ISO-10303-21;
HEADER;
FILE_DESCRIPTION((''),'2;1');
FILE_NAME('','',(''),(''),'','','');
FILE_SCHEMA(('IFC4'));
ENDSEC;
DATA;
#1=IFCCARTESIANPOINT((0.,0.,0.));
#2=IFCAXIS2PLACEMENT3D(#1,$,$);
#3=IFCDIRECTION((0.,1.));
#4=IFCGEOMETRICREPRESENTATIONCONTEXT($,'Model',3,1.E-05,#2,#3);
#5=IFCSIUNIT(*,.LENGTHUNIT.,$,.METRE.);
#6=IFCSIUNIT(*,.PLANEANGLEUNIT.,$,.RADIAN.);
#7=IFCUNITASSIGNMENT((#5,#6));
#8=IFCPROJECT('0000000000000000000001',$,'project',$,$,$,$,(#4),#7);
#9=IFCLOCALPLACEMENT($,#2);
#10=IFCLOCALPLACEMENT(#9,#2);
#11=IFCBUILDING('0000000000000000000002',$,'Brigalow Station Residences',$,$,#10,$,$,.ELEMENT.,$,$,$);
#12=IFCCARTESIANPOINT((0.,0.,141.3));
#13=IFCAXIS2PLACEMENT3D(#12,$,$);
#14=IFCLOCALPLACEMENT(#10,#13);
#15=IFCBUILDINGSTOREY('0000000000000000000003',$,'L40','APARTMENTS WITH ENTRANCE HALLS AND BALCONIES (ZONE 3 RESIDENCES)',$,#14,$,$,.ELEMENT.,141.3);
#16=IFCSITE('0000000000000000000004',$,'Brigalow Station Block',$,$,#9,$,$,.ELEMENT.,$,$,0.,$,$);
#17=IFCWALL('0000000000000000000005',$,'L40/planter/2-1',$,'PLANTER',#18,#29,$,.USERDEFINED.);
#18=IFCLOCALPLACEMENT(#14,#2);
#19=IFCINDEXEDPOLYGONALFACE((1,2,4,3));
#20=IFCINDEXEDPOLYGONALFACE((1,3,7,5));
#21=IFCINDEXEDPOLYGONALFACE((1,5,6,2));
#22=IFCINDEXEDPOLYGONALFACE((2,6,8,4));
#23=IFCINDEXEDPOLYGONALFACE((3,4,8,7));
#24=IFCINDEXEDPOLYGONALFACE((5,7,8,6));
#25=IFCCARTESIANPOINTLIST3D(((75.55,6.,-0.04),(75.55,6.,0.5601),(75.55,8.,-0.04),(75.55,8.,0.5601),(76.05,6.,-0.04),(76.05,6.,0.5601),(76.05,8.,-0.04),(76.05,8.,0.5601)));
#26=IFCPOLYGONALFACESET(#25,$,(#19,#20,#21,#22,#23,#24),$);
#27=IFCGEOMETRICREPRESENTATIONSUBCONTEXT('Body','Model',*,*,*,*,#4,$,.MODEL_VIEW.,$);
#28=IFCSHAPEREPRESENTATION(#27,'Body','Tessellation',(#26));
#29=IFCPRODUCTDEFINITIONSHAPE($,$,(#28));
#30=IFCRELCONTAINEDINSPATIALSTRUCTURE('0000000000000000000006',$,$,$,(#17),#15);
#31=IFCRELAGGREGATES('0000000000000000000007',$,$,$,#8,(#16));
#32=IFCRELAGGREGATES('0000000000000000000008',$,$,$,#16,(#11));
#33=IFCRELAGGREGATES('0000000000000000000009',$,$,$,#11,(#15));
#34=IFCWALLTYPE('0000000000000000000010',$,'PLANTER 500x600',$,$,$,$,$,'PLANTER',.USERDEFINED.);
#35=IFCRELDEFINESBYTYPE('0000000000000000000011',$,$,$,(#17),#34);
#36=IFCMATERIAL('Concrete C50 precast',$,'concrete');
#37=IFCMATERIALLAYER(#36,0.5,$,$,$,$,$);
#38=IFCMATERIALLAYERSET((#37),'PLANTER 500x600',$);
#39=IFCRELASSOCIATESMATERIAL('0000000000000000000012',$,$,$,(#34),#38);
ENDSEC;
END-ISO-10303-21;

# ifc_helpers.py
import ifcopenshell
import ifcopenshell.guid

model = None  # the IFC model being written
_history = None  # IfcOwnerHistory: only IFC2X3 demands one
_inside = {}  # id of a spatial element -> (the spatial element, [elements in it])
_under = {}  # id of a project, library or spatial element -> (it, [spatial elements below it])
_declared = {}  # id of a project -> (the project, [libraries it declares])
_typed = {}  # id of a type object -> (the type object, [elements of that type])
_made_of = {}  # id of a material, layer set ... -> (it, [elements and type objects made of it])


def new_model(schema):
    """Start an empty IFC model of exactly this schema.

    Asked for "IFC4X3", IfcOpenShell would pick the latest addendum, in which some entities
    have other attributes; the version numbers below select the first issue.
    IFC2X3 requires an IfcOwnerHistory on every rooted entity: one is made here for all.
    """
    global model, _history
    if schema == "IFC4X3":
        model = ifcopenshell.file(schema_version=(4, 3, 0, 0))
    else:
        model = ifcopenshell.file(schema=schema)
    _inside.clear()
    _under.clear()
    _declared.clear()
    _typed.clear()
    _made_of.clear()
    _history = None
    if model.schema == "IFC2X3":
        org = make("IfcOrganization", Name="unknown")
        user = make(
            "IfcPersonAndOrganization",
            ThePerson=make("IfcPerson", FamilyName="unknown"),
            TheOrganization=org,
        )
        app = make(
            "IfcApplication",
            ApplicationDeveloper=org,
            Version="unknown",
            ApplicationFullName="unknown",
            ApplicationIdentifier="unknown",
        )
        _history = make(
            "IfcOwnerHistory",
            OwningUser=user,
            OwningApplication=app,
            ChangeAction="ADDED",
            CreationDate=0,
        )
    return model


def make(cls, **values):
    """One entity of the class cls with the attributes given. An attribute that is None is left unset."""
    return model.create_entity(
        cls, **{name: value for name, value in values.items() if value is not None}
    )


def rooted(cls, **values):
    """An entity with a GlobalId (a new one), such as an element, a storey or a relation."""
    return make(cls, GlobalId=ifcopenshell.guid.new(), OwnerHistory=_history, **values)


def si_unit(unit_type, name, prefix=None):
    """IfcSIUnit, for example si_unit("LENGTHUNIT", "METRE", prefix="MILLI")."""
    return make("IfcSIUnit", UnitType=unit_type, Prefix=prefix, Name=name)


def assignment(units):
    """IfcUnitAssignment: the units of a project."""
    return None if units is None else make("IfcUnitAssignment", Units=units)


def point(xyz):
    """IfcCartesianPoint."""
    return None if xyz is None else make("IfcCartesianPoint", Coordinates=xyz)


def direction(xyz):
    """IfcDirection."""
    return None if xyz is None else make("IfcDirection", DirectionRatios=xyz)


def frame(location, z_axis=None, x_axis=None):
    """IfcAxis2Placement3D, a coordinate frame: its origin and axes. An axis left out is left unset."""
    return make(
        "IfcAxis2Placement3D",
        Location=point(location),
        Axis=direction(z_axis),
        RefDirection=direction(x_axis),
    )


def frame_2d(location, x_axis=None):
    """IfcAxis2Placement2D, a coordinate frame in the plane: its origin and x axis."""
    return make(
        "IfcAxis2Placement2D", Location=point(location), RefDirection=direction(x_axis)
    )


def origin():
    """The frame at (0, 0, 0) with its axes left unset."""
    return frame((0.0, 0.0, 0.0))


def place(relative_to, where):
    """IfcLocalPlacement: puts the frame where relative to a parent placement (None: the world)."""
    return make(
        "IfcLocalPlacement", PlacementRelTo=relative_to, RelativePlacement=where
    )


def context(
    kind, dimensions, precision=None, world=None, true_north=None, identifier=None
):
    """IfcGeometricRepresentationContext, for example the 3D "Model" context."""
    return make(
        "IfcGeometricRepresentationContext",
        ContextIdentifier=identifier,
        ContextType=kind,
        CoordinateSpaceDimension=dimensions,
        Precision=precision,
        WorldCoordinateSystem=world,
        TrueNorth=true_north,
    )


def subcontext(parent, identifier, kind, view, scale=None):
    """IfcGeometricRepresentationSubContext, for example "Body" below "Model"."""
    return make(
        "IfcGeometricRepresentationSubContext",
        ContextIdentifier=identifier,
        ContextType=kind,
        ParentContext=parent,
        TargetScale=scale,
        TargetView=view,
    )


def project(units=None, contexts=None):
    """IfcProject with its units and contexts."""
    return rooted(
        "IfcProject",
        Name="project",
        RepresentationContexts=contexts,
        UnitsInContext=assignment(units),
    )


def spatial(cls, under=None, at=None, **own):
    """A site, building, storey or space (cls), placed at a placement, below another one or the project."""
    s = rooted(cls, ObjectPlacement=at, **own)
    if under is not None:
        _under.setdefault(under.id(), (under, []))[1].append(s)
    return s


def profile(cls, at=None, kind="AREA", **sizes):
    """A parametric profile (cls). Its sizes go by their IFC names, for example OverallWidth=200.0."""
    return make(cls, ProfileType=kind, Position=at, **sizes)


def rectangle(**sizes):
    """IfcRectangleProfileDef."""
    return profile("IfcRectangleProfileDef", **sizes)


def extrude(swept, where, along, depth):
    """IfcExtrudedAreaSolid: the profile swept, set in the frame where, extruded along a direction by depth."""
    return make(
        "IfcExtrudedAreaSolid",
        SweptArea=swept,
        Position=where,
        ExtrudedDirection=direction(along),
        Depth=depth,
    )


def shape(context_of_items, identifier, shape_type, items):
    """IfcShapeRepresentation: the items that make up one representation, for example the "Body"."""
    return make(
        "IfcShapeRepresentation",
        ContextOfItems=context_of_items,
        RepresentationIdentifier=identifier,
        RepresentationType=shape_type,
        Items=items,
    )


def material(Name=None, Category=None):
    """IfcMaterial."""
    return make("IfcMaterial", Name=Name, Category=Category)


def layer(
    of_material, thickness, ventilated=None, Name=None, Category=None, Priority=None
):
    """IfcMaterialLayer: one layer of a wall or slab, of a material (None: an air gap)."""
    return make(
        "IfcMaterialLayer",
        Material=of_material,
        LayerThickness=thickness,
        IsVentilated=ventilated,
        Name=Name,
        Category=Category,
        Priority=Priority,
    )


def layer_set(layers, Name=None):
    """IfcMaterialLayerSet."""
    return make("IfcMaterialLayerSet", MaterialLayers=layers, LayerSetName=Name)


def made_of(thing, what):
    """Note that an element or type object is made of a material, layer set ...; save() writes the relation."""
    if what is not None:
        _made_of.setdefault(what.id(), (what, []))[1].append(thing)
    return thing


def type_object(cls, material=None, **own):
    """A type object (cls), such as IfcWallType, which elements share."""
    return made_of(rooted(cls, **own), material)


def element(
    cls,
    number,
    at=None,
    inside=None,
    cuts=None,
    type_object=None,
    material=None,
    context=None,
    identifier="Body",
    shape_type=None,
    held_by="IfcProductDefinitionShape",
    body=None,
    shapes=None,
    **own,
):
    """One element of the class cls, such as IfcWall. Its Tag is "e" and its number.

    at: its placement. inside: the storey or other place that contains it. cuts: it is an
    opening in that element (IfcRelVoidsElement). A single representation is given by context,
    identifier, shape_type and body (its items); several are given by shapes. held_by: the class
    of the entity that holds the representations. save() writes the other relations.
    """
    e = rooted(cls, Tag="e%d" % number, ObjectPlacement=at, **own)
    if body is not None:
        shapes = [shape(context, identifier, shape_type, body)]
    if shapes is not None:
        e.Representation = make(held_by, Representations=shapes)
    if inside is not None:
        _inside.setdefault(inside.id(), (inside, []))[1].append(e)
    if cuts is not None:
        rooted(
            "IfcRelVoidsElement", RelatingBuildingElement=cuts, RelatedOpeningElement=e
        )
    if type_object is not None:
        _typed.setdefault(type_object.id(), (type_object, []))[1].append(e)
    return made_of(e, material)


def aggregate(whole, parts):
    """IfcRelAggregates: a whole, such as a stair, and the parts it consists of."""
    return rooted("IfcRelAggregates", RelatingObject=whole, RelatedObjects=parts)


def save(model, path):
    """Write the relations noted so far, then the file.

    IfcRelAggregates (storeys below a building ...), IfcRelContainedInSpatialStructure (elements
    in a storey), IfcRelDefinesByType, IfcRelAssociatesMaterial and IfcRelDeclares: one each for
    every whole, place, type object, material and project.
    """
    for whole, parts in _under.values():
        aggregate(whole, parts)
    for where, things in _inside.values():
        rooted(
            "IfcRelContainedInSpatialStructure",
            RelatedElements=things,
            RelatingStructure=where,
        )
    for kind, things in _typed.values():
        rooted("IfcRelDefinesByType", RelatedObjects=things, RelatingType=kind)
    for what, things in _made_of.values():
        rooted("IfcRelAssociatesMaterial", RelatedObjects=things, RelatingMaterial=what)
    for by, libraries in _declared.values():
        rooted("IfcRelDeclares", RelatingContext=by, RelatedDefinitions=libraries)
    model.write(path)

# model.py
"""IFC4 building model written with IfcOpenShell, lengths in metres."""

from ifc_helpers import new_model, si_unit, direction, frame, frame_2d, origin, place, context, subcontext, project, spatial, rectangle, extrude, material, layer, layer_set, type_object, element, save


model = new_model("IFC4")

# Units and contexts
model_context = context("Model", 3, precision=1e-05, world=origin(), true_north=direction((0.0, 1.0)))
body_context = subcontext(model_context, "Body", "Model", "MODEL_VIEW")
ifc_project = project(units=[si_unit("LENGTHUNIT", "METRE"), si_unit("PLANEANGLEUNIT", "RADIAN")], contexts=[model_context])

# Site, building, storey
site_placement = place(None, origin())
site = spatial("IfcSite", under=ifc_project, at=site_placement, Name="Brigalow Station Block", CompositionType="ELEMENT", RefElevation=0.0)
building_placement = place(site_placement, origin())
building = spatial("IfcBuilding", under=site, at=building_placement, Name="Brigalow Station Residences", CompositionType="ELEMENT")
storey_placement = place(building_placement, frame((0.0, 0.0, 141.3)))
storey = spatial("IfcBuildingStorey", under=building, at=storey_placement, Name="L40", Description="APARTMENTS WITH ENTRANCE HALLS AND BALCONIES (ZONE 3 RESIDENCES)", CompositionType="ELEMENT", Elevation=141.3)

# Wall
ifc_material_1 = material(Name="Concrete C50 precast", Category="concrete")
ifc_layer_1 = layer(ifc_material_1, 0.5)
ifc_layer_set_1 = layer_set([ifc_layer_1], Name="PLANTER 500x600")
wall_type_1 = type_object("IfcWallType", Name="PLANTER 500x600", ElementType="PLANTER", PredefinedType="USERDEFINED", material=ifc_layer_set_1)
wall_1_placement = place(storey_placement, frame((75.8, 6.0, -0.04), z_axis=(0.0, 0.0, 1.0), x_axis=(0.0, 1.0, 0.0)))
element("IfcWall", 1, at=wall_1_placement, inside=storey, type_object=wall_type_1, Name="L40/planter/2-1", ObjectType="PLANTER", PredefinedType="USERDEFINED", context=body_context, shape_type="SweptSolid", body=[
    extrude(rectangle(XDim=2.0, YDim=0.5, at=frame_2d((1.0, 0.0))), origin(), (0.0, 0.0, 1.0), 0.6001),
])

save(model, "model.ifc")
